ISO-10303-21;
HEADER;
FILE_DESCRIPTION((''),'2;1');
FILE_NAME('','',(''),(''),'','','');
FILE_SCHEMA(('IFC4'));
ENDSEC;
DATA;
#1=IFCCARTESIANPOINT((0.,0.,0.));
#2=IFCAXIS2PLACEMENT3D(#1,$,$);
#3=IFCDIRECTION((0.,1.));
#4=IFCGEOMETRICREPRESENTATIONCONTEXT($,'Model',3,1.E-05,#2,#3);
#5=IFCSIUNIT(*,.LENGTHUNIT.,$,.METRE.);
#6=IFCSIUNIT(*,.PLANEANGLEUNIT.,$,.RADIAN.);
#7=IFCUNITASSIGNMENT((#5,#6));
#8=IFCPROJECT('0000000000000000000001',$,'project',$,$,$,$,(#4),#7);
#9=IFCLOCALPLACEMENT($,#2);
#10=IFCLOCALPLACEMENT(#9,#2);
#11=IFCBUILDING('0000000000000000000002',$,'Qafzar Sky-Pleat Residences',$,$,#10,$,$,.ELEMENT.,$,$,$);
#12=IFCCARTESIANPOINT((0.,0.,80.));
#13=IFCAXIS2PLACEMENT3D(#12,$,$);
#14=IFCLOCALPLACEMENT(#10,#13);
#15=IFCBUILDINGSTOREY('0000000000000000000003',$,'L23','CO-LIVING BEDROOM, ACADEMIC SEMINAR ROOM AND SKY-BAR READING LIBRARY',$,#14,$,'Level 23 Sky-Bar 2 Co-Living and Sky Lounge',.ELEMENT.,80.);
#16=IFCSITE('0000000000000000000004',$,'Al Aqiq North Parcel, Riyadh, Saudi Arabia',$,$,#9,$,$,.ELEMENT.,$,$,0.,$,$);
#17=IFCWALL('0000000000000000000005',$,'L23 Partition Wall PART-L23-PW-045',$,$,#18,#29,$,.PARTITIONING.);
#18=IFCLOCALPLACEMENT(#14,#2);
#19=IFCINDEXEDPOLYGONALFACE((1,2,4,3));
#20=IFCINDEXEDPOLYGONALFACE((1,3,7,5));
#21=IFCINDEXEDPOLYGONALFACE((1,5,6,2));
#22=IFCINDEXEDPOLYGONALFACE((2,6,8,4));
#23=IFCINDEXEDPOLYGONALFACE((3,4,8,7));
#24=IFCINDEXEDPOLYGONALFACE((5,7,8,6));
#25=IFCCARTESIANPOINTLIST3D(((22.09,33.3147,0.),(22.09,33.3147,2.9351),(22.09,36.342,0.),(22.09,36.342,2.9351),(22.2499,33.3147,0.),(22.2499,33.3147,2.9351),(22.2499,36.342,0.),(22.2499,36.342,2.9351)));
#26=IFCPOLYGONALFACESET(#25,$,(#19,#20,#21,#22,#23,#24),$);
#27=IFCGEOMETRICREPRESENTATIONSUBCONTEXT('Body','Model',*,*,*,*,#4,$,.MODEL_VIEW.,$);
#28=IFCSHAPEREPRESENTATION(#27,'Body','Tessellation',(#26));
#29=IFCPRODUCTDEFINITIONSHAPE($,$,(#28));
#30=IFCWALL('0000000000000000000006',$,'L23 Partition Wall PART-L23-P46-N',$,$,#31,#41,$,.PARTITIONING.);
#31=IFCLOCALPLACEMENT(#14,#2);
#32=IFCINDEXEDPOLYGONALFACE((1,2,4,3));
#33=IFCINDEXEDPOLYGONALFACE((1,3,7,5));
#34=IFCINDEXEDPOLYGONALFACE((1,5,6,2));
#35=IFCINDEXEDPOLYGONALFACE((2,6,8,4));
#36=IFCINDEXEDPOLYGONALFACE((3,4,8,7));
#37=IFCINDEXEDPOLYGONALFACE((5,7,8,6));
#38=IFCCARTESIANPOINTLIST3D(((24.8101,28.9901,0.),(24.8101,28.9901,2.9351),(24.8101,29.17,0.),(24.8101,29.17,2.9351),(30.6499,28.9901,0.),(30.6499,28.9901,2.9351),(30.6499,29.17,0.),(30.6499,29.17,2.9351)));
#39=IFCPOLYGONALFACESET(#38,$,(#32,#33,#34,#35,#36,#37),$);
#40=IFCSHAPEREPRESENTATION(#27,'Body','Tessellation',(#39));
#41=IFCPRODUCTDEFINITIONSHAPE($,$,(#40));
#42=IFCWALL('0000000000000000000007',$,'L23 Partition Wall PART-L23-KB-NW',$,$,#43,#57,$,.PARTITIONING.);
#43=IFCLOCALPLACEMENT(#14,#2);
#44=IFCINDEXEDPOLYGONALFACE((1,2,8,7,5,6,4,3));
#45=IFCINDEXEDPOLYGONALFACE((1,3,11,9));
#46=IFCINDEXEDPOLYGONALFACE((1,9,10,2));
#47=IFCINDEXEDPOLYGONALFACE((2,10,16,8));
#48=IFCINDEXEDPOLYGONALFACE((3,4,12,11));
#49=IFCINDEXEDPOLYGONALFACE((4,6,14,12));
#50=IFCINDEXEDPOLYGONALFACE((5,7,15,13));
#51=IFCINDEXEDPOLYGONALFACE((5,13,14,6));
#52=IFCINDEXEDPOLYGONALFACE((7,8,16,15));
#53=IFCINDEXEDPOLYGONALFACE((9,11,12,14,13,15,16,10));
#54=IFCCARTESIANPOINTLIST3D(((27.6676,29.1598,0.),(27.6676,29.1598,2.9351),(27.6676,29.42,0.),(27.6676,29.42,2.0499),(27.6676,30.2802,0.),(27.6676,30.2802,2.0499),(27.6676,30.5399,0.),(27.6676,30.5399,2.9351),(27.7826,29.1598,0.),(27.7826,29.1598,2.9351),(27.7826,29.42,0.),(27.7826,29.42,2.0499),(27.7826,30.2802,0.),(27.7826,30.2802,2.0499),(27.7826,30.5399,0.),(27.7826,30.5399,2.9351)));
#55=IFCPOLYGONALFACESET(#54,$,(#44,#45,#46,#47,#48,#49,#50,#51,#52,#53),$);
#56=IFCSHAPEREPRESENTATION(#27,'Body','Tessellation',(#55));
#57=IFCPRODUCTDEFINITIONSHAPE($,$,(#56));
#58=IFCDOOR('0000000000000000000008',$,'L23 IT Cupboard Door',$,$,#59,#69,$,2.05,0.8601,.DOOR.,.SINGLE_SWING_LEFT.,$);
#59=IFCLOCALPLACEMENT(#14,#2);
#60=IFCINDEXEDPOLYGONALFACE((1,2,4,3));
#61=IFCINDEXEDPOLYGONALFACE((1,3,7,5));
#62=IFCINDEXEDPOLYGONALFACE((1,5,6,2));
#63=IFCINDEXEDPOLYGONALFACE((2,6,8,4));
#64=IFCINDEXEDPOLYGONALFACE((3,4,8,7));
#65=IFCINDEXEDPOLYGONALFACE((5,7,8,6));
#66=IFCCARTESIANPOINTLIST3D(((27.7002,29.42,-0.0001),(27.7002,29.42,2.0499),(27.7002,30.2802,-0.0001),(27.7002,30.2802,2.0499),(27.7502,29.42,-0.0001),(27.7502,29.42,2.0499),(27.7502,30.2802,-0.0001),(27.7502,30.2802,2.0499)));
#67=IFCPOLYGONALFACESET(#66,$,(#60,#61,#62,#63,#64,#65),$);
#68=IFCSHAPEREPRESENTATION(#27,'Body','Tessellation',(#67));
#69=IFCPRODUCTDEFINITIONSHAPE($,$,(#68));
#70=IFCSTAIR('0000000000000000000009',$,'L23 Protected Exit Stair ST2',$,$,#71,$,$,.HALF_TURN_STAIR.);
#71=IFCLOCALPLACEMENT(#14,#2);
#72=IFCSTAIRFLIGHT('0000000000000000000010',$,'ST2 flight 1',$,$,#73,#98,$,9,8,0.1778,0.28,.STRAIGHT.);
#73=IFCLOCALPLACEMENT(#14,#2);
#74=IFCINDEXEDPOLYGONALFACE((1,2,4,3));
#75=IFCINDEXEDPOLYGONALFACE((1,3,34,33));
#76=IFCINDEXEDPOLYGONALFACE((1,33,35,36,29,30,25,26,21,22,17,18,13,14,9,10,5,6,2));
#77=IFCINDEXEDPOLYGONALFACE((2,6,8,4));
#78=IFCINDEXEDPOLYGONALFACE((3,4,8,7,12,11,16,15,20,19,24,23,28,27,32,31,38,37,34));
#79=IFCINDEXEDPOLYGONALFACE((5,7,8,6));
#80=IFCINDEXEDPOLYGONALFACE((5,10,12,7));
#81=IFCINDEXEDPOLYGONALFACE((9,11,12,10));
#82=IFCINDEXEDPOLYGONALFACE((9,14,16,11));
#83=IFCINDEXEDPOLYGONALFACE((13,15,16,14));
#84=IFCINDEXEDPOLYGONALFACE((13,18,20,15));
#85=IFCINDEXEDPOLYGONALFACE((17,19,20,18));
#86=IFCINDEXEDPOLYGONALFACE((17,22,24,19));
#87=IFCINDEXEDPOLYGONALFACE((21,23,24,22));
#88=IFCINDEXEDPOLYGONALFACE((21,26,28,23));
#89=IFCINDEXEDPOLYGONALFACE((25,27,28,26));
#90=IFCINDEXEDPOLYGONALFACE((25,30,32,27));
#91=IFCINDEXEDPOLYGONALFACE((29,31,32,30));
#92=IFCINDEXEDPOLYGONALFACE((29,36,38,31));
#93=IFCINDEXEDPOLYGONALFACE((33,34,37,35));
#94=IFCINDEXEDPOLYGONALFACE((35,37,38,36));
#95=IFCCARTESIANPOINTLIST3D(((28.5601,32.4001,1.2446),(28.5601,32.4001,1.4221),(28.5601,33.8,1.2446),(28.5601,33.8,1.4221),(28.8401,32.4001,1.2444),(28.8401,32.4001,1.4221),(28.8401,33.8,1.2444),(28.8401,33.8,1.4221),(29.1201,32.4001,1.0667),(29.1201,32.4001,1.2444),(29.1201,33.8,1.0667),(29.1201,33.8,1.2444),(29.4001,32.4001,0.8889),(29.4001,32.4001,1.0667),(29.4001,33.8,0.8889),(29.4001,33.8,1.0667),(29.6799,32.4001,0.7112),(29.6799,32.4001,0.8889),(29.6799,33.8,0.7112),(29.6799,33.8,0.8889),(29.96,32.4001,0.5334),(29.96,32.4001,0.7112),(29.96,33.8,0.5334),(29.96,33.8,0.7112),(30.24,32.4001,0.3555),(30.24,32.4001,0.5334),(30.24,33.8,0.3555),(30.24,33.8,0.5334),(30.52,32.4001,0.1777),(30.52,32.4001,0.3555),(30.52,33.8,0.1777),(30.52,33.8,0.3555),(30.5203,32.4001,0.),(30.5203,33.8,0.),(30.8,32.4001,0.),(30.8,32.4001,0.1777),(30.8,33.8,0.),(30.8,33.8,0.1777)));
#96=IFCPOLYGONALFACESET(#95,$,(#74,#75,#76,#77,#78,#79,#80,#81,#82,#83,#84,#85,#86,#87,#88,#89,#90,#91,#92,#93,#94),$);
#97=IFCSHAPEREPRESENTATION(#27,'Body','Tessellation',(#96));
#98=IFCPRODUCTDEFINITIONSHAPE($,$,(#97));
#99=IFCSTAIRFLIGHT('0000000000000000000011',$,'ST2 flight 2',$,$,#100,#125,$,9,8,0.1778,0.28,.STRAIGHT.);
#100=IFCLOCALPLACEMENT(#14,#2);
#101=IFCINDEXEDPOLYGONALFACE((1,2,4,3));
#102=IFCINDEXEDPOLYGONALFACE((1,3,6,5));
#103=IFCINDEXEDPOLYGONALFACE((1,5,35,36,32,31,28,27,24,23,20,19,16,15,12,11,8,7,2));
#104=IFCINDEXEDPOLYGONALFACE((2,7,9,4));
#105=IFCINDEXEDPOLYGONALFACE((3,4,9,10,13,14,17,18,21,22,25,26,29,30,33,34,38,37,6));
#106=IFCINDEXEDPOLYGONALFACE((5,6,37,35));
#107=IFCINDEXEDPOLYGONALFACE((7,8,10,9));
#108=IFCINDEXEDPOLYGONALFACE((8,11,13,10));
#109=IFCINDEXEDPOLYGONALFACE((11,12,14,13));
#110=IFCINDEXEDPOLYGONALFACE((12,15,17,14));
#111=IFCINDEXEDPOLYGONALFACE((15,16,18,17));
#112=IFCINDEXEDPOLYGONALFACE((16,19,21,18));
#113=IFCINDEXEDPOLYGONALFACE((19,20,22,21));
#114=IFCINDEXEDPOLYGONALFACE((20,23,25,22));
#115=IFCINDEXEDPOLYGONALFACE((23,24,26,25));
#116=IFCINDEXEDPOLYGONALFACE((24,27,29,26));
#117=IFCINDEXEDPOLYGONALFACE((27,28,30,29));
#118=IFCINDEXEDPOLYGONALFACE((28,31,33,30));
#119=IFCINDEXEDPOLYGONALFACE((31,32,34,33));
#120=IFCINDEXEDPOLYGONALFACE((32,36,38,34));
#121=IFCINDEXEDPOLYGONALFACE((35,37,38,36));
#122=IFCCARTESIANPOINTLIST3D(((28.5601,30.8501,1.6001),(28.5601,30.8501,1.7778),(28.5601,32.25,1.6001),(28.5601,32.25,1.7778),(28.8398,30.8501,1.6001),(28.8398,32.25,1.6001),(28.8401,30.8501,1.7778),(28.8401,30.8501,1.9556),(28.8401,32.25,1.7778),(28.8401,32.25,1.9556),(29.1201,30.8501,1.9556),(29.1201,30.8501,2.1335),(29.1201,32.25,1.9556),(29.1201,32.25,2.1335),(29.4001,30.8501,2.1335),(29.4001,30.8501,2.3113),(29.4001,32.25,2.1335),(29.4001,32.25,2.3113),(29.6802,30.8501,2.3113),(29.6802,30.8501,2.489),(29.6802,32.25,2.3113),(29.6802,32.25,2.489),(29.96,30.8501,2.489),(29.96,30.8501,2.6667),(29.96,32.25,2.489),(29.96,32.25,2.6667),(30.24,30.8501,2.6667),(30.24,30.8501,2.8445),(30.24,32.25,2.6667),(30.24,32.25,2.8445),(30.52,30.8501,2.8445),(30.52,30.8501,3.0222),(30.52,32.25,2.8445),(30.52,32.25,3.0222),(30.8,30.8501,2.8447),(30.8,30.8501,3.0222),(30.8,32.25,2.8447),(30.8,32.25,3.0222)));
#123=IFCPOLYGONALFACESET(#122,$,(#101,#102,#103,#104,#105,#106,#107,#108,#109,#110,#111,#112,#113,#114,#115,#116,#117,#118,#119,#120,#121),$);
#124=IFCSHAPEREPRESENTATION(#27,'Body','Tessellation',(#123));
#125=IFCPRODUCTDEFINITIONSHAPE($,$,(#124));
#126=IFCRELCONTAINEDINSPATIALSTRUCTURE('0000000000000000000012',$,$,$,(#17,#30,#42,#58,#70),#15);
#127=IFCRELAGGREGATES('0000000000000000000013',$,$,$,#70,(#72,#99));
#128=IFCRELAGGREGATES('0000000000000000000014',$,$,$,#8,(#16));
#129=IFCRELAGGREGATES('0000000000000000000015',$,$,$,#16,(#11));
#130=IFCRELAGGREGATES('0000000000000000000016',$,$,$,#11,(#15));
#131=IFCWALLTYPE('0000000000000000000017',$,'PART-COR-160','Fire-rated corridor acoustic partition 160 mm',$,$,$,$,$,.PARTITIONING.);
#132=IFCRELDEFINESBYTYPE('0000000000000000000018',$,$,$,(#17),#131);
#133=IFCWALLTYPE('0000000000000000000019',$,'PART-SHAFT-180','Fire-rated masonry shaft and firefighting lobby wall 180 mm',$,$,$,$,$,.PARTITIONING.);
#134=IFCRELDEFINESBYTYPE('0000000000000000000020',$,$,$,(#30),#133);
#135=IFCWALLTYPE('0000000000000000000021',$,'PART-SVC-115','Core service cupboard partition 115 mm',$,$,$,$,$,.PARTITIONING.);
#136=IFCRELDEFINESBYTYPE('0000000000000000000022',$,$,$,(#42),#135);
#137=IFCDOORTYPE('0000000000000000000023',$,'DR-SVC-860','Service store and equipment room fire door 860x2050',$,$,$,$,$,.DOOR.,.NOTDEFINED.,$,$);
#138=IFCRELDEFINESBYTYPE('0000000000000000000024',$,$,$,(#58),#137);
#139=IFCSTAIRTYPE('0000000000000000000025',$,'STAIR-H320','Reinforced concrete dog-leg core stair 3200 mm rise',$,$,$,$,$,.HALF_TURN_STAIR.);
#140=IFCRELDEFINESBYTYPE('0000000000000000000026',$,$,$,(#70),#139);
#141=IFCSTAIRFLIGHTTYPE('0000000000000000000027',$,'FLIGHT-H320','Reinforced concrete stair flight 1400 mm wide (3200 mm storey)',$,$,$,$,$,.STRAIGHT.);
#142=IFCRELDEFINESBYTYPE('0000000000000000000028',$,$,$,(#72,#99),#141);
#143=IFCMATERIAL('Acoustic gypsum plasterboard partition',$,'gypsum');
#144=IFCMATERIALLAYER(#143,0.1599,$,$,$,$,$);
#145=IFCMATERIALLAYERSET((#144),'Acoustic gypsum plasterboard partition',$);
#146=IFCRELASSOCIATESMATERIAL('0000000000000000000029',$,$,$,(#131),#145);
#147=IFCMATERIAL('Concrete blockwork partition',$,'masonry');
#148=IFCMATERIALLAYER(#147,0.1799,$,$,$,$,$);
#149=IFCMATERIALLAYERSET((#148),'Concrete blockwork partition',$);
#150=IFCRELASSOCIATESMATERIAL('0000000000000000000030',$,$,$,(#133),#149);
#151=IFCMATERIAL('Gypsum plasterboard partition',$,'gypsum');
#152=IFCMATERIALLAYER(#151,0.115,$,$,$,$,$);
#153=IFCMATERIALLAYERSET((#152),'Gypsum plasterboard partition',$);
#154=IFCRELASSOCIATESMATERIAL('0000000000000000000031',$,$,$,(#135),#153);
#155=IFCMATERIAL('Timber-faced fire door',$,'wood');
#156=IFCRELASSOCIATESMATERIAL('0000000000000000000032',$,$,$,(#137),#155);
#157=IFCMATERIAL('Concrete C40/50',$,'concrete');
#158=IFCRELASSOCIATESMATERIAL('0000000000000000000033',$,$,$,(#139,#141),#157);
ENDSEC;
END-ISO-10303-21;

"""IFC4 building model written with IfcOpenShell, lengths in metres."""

from ifc_helpers import new_model, si_unit, direction, frame, frame_2d, origin, place, context, subcontext, project, spatial, polyline, rectangle, outline, extrude, source, transform, mapped, material, layer, layer_set, type_object, element, fill, aggregate, save


model = new_model("IFC4")

# Units and contexts
model_context = context("Model", 3, precision=1e-05, world=origin(), true_north=direction((0.0, 1.0)))
body_context = subcontext(model_context, "Body", "Model", "MODEL_VIEW")
ifc_project = project(units=[si_unit("LENGTHUNIT", "METRE"), si_unit("PLANEANGLEUNIT", "RADIAN")], contexts=[model_context])

# Site, building, storey
site_placement = place(None, origin())
site = spatial("IfcSite", under=ifc_project, at=site_placement, Name="Al Aqiq North Parcel, Riyadh, Saudi Arabia", CompositionType="ELEMENT", RefElevation=0.0)
building_placement = place(site_placement, origin())
building = spatial("IfcBuilding", under=site, at=building_placement, Name="Qafzar Sky-Pleat Residences", CompositionType="ELEMENT")
storey_placement = place(building_placement, frame((0.0, 0.0, 80.0)))
storey = spatial("IfcBuildingStorey", under=building, at=storey_placement, Name="L23", Description="CO-LIVING BEDROOM, ACADEMIC SEMINAR ROOM AND SKY-BAR READING LIBRARY", LongName="Level 23 Sky-Bar 2 Co-Living and Sky Lounge", CompositionType="ELEMENT", Elevation=80.0)

# Walls
ifc_material_1 = material(Name="Acoustic gypsum plasterboard partition", Category="gypsum")
ifc_layer_1 = layer(ifc_material_1, 0.1599)
ifc_layer_set_1 = layer_set([ifc_layer_1], Name="Acoustic gypsum plasterboard partition")
wall_type_1 = type_object("IfcWallType", Name="PART-COR-160", Description="Fire-rated corridor acoustic partition 160 mm", PredefinedType="PARTITIONING", material=ifc_layer_set_1)
wall_1_placement = place(storey_placement, frame((22.1699, 33.3147, 0.0), z_axis=(0.0, 0.0, 1.0), x_axis=(0.0, 1.0, 0.0)))
element("IfcWall", 1, at=wall_1_placement, inside=storey, type_object=wall_type_1, Name="L23 Partition Wall PART-L23-PW-045", PredefinedType="PARTITIONING", context=body_context, shape_type="SweptSolid", body=[
    extrude(rectangle(XDim=3.0273, YDim=0.1599, at=frame_2d((1.5137, 0.0))), origin(), (0.0, 0.0, 1.0), 2.9351),
])
ifc_material_2 = material(Name="Concrete blockwork partition", Category="masonry")
ifc_layer_2 = layer(ifc_material_2, 0.1799)
ifc_layer_set_2 = layer_set([ifc_layer_2], Name="Concrete blockwork partition")
wall_type_2 = type_object("IfcWallType", Name="PART-SHAFT-180", Description="Fire-rated masonry shaft and firefighting lobby wall 180 mm", PredefinedType="PARTITIONING", material=ifc_layer_set_2)
wall_2_placement = place(storey_placement, frame((24.8101, 29.0801, 0.0), z_axis=(0.0, 0.0, 1.0), x_axis=(1.0, 0.0, 0.0)))
element("IfcWall", 2, at=wall_2_placement, inside=storey, type_object=wall_type_2, Name="L23 Partition Wall PART-L23-P46-N", PredefinedType="PARTITIONING", context=body_context, shape_type="SweptSolid", body=[
    extrude(rectangle(XDim=5.8398, YDim=0.1799, at=frame_2d((2.9199, 0.0))), origin(), (0.0, 0.0, 1.0), 2.9351),
])

# Wall, opening, door
ifc_material_3 = material(Name="Gypsum plasterboard partition", Category="gypsum")
ifc_layer_3 = layer(ifc_material_3, 0.115)
ifc_layer_set_3 = layer_set([ifc_layer_3], Name="Gypsum plasterboard partition")
wall_type_3 = type_object("IfcWallType", Name="PART-SVC-115", Description="Core service cupboard partition 115 mm", PredefinedType="PARTITIONING", material=ifc_layer_set_3)
wall_3_placement = place(storey_placement, frame((27.7251, 29.1599, 0.0), z_axis=(0.0, 0.0, 1.0), x_axis=(0.0, 1.0, 0.0)))
wall_3 = element("IfcWall", 3, at=wall_3_placement, inside=storey, type_object=wall_type_3, Name="L23 Partition Wall PART-L23-KB-NW", PredefinedType="PARTITIONING", context=body_context, shape_type="SweptSolid", body=[
    extrude(rectangle(XDim=1.3801, YDim=0.115, at=frame_2d((0.6899, 0.0))), origin(), (0.0, 0.0, 1.0), 2.9351),
])
opening_1_placement = place(wall_3_placement, frame((0.26, 0.0, 0.0)))
opening_1 = element("IfcOpeningElement", 4, at=opening_1_placement, cuts=wall_3, PredefinedType="OPENING", context=body_context, shape_type="SweptSolid", body=[
    extrude(rectangle(XDim=0.8601, YDim=2.05, at=frame_2d((0.4302, 1.0249))), frame((0.0, 0.0674, 0.0), z_axis=(0.0, -1.0, 0.0), x_axis=(1.0, 0.0, 0.0)), (0.0, 0.0, 1.0), 0.135),
])
ifc_material_4 = material(Name="Timber-faced fire door", Category="wood")
door_type_1 = type_object("IfcDoorType", Name="DR-SVC-860", Description="Service store and equipment room fire door 860x2050", OperationType="NOTDEFINED", PredefinedType="DOOR", material=ifc_material_4)
shared_shape_1 = source(origin(), body_context, "Body", "SweptSolid", [
    extrude(rectangle(XDim=0.8601, YDim=2.05, at=frame_2d((0.4302, 1.0249))), frame((0.0, 0.0249, 0.0), z_axis=(0.0, -1.0, 0.0), x_axis=(1.0, 0.0, 0.0)), (0.0, 0.0, 1.0), 0.05),
])
door_1_placement = place(opening_1_placement, origin())
door_1 = element("IfcDoor", 5, at=door_1_placement, inside=storey, type_object=door_type_1, Name="L23 IT Cupboard Door", OperationType="SINGLE_SWING_LEFT", OverallHeight=2.05, OverallWidth=0.8601, PredefinedType="DOOR", context=body_context, shape_type="MappedRepresentation", body=[
    mapped(shared_shape_1, transform((0.0, 0.0, 0.0), x_axis=(1.0, 0.0, 0.0), y_axis=(0.0, 1.0, 0.0), z_axis=(0.0, 0.0, 1.0), scale=1.0)),
])
fill(opening_1, door_1)

# Stair, stair flights
ifc_material_5 = material(Name="Concrete C40/50", Category="concrete")
stair_type = type_object("IfcStairType", Name="STAIR-H320", Description="Reinforced concrete dog-leg core stair 3200 mm rise", PredefinedType="HALF_TURN_STAIR", material=ifc_material_5)
stair_placement = place(storey_placement, origin())
stair = element("IfcStair", 6, at=stair_placement, inside=storey, type_object=stair_type, Name="L23 Protected Exit Stair ST2", PredefinedType="HALF_TURN_STAIR")
stair_flight_type = type_object("IfcStairFlightType", Name="FLIGHT-H320", Description="Reinforced concrete stair flight 1400 mm wide (3200 mm storey)", PredefinedType="STRAIGHT", material=ifc_material_5)
shared_shape_2 = source(origin(), body_context, "Body", "SweptSolid", [
    extrude(outline(polyline([(0.0, 0.0), (0.0, 0.1777), (0.28, 0.1777), (0.28, 0.3555), (0.5601, 0.3555), (0.5601, 0.5334), (0.8401, 0.5334), (0.8401, 0.7112), (1.1201, 0.7112), (1.1201, 0.8889), (1.3999, 0.8889), (1.3999, 1.0667), (1.6799, 1.0667), (1.6799, 1.2444), (1.96, 1.2444), (1.96, 1.4221), (2.24, 1.4221), (2.24, 1.6001), (2.24, 1.2446), (0.2798, 0.0), (0.0, 0.0)])), frame((0.0, 0.7, 0.0), z_axis=(0.0, -1.0, 0.0), x_axis=(1.0, 0.0, 0.0)), (0.0, 0.0, 1.0), 1.3999),
])
stair_flight_1_placement = place(storey_placement, frame((30.8, 33.1001, 0.0), z_axis=(0.0, 0.0, 1.0), x_axis=(-1.0, 0.0, 0.0)))
stair_flight_1 = element("IfcStairFlight", 7, at=stair_flight_1_placement, type_object=stair_flight_type, Name="ST2 flight 1", NumberOfRisers=9, NumberOfTreads=8, PredefinedType="STRAIGHT", RiserHeight=0.1778, TreadLength=0.28, context=body_context, shape_type="MappedRepresentation", body=[
    mapped(shared_shape_2, transform((0.0, 0.0, 0.0), x_axis=(1.0, 0.0, 0.0), y_axis=(0.0, 1.0, 0.0), z_axis=(0.0, 0.0, 1.0), scale=1.0)),
])
stair_flight_2_placement = place(storey_placement, frame((28.5601, 31.55, 1.6001), z_axis=(0.0, 0.0, 1.0), x_axis=(1.0, 0.0, 0.0)))
stair_flight_2 = element("IfcStairFlight", 8, at=stair_flight_2_placement, type_object=stair_flight_type, Name="ST2 flight 2", NumberOfRisers=9, NumberOfTreads=8, PredefinedType="STRAIGHT", RiserHeight=0.1778, TreadLength=0.28, context=body_context, shape_type="MappedRepresentation", body=[
    mapped(shared_shape_2, transform((0.0, 0.0, 0.0), x_axis=(1.0, 0.0, 0.0), y_axis=(0.0, 1.0, 0.0), z_axis=(0.0, 0.0, 1.0), scale=1.0)),
])
aggregate(stair, [stair_flight_1, stair_flight_2])

save(model, "model.ifc")
